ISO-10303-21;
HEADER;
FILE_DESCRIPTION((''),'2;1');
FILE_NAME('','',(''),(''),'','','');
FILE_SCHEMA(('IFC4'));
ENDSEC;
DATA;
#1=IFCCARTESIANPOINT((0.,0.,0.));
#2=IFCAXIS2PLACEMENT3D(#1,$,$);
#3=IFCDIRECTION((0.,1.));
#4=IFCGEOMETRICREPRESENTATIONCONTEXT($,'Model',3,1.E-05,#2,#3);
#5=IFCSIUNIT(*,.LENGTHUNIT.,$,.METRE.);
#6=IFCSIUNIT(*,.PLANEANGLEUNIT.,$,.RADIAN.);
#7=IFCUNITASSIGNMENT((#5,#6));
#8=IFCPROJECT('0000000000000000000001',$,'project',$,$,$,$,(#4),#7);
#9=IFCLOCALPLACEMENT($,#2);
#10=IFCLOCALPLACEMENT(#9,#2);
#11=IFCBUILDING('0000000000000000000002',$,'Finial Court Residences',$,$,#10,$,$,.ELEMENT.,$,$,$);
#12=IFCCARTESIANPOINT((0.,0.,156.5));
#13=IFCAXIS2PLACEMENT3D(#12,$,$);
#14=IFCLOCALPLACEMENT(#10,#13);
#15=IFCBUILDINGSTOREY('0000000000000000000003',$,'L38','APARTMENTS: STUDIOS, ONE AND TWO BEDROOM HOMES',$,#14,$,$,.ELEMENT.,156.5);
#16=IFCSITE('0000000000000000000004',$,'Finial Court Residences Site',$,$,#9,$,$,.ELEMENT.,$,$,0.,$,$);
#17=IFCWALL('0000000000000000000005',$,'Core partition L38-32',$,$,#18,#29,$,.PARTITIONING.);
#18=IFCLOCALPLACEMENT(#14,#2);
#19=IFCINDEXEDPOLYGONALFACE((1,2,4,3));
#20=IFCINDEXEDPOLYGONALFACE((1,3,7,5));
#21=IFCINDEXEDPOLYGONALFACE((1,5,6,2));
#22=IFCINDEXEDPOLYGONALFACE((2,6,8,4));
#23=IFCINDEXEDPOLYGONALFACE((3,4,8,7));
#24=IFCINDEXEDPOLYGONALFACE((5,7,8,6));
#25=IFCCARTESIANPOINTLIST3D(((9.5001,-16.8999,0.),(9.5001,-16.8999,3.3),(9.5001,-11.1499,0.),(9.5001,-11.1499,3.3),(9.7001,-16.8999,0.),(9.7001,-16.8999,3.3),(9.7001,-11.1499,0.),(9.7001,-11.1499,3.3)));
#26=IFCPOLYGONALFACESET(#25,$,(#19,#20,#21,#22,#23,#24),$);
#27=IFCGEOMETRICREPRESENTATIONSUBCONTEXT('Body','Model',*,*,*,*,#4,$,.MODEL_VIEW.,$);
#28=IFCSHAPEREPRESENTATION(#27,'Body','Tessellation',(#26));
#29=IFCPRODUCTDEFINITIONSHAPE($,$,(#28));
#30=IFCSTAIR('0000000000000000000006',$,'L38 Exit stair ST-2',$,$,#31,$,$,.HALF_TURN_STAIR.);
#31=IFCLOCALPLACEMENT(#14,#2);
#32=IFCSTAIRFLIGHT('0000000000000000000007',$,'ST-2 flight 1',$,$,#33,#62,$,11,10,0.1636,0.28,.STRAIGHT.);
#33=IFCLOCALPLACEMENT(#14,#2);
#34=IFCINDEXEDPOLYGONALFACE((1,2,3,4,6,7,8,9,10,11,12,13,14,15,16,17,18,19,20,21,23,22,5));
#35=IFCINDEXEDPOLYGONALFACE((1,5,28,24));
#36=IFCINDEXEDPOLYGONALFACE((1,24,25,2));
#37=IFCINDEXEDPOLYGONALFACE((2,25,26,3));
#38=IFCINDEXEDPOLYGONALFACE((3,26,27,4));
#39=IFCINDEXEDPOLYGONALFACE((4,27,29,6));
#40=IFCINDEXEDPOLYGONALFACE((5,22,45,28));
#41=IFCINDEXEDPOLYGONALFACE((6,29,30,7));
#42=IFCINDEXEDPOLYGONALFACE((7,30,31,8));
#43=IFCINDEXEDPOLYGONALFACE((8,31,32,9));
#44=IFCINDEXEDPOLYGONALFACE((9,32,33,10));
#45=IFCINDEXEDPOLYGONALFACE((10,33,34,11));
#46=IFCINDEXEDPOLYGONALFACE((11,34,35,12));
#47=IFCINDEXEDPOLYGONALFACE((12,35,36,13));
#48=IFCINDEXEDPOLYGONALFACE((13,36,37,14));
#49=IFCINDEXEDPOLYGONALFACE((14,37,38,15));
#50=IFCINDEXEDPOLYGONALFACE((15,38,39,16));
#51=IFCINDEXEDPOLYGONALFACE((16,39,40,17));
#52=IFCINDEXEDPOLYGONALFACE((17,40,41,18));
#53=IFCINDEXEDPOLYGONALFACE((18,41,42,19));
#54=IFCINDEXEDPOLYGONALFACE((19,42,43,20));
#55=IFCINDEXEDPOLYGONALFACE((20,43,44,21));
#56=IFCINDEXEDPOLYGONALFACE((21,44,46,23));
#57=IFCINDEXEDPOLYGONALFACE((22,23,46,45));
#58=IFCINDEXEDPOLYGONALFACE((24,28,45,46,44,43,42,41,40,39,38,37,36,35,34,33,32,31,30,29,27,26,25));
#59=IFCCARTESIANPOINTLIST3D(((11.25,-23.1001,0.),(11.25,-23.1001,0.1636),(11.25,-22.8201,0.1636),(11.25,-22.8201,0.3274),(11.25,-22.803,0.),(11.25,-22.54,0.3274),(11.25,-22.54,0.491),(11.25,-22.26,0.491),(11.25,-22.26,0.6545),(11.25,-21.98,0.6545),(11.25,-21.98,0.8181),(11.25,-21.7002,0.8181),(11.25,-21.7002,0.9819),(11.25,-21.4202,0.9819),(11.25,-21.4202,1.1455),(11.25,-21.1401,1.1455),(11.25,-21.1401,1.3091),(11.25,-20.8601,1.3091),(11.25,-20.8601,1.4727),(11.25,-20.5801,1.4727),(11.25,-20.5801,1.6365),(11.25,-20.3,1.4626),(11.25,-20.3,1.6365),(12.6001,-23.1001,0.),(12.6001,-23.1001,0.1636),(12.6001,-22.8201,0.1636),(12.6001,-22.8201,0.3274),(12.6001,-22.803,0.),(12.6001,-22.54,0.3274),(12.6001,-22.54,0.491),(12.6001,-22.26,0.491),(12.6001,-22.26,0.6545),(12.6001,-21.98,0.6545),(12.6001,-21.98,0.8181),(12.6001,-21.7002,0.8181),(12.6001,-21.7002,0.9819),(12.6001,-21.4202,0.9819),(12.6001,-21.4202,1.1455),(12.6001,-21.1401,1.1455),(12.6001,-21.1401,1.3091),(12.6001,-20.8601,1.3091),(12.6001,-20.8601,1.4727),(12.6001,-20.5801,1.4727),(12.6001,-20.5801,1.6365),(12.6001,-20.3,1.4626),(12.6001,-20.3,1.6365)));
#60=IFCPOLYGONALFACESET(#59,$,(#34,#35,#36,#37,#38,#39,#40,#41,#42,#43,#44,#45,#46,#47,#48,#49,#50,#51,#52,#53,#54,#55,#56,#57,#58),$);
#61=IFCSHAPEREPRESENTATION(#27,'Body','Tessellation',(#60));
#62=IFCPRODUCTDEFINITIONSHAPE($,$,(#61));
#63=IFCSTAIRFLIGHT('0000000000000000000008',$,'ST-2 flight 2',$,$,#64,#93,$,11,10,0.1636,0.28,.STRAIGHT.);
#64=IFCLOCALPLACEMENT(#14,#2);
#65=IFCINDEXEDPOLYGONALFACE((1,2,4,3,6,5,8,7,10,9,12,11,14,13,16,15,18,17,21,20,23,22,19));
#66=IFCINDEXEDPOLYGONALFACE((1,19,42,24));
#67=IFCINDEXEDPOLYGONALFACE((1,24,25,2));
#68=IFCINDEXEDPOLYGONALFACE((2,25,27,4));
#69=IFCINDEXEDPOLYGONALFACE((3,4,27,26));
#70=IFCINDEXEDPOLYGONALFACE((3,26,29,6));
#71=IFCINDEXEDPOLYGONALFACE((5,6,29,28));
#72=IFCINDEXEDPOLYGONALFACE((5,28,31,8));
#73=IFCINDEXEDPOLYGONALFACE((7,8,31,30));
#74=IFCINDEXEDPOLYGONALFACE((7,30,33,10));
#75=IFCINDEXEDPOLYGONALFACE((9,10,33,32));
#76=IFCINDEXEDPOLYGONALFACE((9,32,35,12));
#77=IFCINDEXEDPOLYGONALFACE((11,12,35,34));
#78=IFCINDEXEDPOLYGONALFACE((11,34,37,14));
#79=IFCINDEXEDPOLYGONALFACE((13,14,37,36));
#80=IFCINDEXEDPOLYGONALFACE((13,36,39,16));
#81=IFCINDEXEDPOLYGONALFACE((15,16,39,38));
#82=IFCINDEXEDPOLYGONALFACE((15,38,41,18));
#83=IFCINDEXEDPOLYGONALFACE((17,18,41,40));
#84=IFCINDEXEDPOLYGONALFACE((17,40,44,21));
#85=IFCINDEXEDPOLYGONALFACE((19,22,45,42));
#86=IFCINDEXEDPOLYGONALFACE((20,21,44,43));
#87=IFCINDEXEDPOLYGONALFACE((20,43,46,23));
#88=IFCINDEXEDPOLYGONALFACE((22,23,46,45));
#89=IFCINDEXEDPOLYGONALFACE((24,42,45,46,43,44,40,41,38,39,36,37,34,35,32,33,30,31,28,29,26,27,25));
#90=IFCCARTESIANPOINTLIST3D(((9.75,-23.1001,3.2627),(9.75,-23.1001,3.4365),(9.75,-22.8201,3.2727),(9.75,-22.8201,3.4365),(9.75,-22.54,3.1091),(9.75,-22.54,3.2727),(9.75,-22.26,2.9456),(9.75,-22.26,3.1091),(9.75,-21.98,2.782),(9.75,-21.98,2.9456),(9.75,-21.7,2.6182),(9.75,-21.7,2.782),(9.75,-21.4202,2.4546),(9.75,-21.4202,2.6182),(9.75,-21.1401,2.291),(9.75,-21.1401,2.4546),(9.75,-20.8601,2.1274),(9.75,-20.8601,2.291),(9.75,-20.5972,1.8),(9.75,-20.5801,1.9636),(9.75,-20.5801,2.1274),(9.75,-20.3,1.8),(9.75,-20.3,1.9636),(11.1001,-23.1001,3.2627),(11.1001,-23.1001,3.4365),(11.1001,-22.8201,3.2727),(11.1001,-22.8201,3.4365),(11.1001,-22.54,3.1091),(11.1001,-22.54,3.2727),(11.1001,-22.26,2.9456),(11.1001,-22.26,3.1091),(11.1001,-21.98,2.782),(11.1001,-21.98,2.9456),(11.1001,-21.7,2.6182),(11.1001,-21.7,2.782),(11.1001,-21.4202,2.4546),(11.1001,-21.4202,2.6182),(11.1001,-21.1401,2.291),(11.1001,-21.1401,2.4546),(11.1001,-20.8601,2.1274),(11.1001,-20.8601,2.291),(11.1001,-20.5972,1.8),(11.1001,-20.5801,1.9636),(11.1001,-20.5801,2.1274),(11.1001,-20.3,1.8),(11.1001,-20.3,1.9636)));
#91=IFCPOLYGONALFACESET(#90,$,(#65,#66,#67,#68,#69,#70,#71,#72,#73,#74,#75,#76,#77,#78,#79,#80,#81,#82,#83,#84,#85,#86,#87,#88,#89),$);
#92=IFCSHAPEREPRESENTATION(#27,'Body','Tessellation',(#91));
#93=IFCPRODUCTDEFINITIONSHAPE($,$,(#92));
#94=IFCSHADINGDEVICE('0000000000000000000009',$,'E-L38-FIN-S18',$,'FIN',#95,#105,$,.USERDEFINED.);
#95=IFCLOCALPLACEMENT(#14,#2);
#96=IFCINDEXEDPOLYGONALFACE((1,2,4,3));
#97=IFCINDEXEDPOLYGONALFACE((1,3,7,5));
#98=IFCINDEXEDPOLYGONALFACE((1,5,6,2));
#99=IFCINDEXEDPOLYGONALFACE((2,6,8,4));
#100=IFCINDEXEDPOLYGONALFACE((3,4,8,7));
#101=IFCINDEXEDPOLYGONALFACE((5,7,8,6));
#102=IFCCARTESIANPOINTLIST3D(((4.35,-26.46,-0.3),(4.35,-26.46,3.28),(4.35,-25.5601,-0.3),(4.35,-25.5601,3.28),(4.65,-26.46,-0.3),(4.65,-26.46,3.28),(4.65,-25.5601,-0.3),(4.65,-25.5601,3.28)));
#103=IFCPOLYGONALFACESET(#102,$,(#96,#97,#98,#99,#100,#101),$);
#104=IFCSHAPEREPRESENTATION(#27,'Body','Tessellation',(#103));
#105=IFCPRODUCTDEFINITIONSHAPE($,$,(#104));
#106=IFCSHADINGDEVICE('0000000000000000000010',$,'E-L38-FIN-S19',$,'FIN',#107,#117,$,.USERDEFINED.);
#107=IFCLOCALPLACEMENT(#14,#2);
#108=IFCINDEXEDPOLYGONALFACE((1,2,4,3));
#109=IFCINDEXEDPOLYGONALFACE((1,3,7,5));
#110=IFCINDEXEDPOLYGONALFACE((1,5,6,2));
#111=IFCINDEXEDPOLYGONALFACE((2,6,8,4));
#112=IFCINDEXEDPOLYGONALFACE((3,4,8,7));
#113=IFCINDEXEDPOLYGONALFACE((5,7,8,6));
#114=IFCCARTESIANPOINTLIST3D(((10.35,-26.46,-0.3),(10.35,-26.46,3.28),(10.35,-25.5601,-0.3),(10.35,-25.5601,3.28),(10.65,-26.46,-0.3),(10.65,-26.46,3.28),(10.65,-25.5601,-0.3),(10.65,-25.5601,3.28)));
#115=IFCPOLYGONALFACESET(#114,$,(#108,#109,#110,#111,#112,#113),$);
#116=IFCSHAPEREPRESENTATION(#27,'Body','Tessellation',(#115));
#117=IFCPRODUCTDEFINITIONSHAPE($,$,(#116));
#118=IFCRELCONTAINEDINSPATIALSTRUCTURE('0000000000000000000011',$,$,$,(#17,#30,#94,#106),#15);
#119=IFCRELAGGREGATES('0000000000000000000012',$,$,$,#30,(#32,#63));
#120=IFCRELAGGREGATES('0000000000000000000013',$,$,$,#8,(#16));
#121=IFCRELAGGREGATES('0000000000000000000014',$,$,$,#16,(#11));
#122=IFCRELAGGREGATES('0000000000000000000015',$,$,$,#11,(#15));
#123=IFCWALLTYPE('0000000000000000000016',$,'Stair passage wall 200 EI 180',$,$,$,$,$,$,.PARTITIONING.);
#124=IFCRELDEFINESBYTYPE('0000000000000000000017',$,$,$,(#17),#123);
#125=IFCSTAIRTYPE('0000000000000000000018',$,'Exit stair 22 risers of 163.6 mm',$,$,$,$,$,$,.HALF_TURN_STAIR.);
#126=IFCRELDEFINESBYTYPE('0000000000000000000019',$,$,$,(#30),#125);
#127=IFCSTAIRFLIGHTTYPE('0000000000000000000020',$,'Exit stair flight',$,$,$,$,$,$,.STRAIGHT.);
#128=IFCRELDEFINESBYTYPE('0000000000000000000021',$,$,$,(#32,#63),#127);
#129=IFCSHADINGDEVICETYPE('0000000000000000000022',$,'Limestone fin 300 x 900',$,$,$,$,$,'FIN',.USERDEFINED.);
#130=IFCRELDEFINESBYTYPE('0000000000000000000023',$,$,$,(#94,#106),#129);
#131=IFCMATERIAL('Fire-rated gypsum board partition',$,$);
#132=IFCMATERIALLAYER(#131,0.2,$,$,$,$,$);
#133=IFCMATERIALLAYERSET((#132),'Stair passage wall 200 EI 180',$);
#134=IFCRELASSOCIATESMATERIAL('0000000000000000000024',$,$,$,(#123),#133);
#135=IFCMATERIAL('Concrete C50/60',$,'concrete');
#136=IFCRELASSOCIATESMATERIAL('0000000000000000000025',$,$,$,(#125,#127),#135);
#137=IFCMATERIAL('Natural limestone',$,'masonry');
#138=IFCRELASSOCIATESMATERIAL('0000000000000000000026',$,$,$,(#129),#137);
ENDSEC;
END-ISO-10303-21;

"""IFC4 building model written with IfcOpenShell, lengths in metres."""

from ifc_helpers import new_model, si_unit, direction, frame, frame_2d, origin, origin_2d, place, context, subcontext, project, spatial, polyline, rectangle, outline, extrude, material, layer, layer_set, type_object, element, aggregate, save


model = new_model("IFC4")

# Units and contexts
model_context = context("Model", 3, precision=1e-05, world=origin(), true_north=direction((0.0, 1.0)))
body_context = subcontext(model_context, "Body", "Model", "MODEL_VIEW")
ifc_project = project(units=[si_unit("LENGTHUNIT", "METRE"), si_unit("PLANEANGLEUNIT", "RADIAN")], contexts=[model_context])

# Site, building, storey
site_placement = place(None, origin())
site = spatial("IfcSite", under=ifc_project, at=site_placement, Name="Finial Court Residences Site", CompositionType="ELEMENT", RefElevation=0.0)
building_placement = place(site_placement, origin())
building = spatial("IfcBuilding", under=site, at=building_placement, Name="Finial Court Residences", CompositionType="ELEMENT")
storey_placement = place(building_placement, frame((0.0, 0.0, 156.5)))
storey = spatial("IfcBuildingStorey", under=building, at=storey_placement, Name="L38", Description="APARTMENTS: STUDIOS, ONE AND TWO BEDROOM HOMES", CompositionType="ELEMENT", Elevation=156.5)

# Shared definitions
ifc_material_1 = material(Name="Fire-rated gypsum board partition")

# Wall
ifc_layer_1 = layer(ifc_material_1, 0.2)
ifc_layer_set_1 = layer_set([ifc_layer_1], Name="Stair passage wall 200 EI 180")
wall_type_1 = type_object("IfcWallType", Name="Stair passage wall 200 EI 180", PredefinedType="PARTITIONING", material=ifc_layer_set_1)
wall_1_placement = place(storey_placement, frame((9.6001, -16.8999, 0.0), z_axis=(0.0, 0.0, 1.0), x_axis=(0.0, 1.0, 0.0)))
element("IfcWall", 1, at=wall_1_placement, inside=storey, type_object=wall_type_1, Name="Core partition L38-32", PredefinedType="PARTITIONING", context=body_context, shape_type="SweptSolid", body=[
    extrude(rectangle(XDim=5.75, YDim=0.2, at=frame_2d((2.875, 0.0))), origin(), (0.0, 0.0, 1.0), 3.3),
])

# Stair, stair flights
ifc_material_2 = material(Name="Concrete C50/60", Category="concrete")
stair_type = type_object("IfcStairType", Name="Exit stair 22 risers of 163.6 mm", PredefinedType="HALF_TURN_STAIR", material=ifc_material_2)
stair_placement = place(storey_placement, origin())
stair = element("IfcStair", 2, at=stair_placement, inside=storey, type_object=stair_type, Name="L38 Exit stair ST-2", PredefinedType="HALF_TURN_STAIR")
stair_flight_type = type_object("IfcStairFlightType", Name="Exit stair flight", PredefinedType="STRAIGHT", material=ifc_material_2)
stair_flight_1_placement = place(storey_placement, frame((11.925, -23.1001, 0.0), z_axis=(0.0, 0.0, 1.0), x_axis=(0.0, 1.0, 0.0)))
stair_flight_1 = element("IfcStairFlight", 3, at=stair_flight_1_placement, type_object=stair_flight_type, Name="ST-2 flight 1", NumberOfRisers=11, NumberOfTreads=10, PredefinedType="STRAIGHT", RiserHeight=0.1636, TreadLength=0.28, context=body_context, shape_type="SweptSolid", body=[
    extrude(outline(polyline([(0.0, 0.0), (0.0, 0.1636), (0.28, 0.1636), (0.28, 0.3274), (0.5601, 0.3274), (0.5601, 0.491), (0.8401, 0.491), (0.8401, 0.6545), (1.1201, 0.6545), (1.1201, 0.8181), (1.3999, 0.8181), (1.3999, 0.9819), (1.6799, 0.9819), (1.6799, 1.1455), (1.96, 1.1455), (1.96, 1.3091), (2.24, 1.3091), (2.24, 1.4727), (2.52, 1.4727), (2.52, 1.6365), (2.8, 1.6365), (2.8, 1.8), (2.8, 1.4626), (0.2971, 0.0), (0.0, 0.0)])), frame((0.0, 0.675, 0.0), z_axis=(0.0, -1.0, 0.0), x_axis=(1.0, 0.0, 0.0)), (0.0, 0.0, 1.0), 1.3501),
])
stair_flight_2_placement = place(storey_placement, frame((10.425, -20.3, 1.8), z_axis=(0.0, 0.0, 1.0), x_axis=(0.0, -1.0, 0.0)))
stair_flight_2 = element("IfcStairFlight", 4, at=stair_flight_2_placement, type_object=stair_flight_type, Name="ST-2 flight 2", NumberOfRisers=11, NumberOfTreads=10, PredefinedType="STRAIGHT", RiserHeight=0.1636, TreadLength=0.28, context=body_context, shape_type="SweptSolid", body=[
    extrude(outline(polyline([(0.0, 0.0), (0.0, 0.1636), (0.28, 0.1636), (0.28, 0.3274), (0.5601, 0.3274), (0.5601, 0.491), (0.8401, 0.491), (0.8401, 0.6545), (1.1201, 0.6545), (1.1201, 0.8181), (1.3999, 0.8181), (1.3999, 0.9819), (1.6799, 0.9819), (1.6799, 1.1455), (1.96, 1.1455), (1.96, 1.3091), (2.24, 1.3091), (2.24, 1.4727), (2.52, 1.4727), (2.52, 1.6365), (2.8, 1.6365), (2.8, 1.8), (2.8, 1.4626), (0.2971, 0.0), (0.0, 0.0)])), frame((0.0, 0.675, 0.0), z_axis=(0.0, -1.0, 0.0), x_axis=(1.0, 0.0, 0.0)), (0.0, 0.0, 1.0), 1.3501),
])
aggregate(stair, [stair_flight_1, stair_flight_2])

# Shading devices
ifc_material_3 = material(Name="Natural limestone", Category="masonry")
shading_device_type = type_object("IfcShadingDeviceType", Name="Limestone fin 300 x 900", ElementType="FIN", PredefinedType="USERDEFINED", material=ifc_material_3)
for number, where, z_axis, x_axis, name in (
    (5, (4.5, -26.01, -0.3), (0.0, 0.0, 1.0), (1.0, 0.0, 0.0), "E-L38-FIN-S18"),
    (6, (10.5, -26.01, -0.3), (0.0, 0.0, 1.0), (1.0, 0.0, 0.0), "E-L38-FIN-S19"),
):
    element("IfcShadingDevice", number, at=place(storey_placement, frame(where, z_axis=z_axis, x_axis=x_axis)), inside=storey, type_object=shading_device_type, Name=name, ObjectType="FIN", PredefinedType="USERDEFINED", context=body_context, shape_type="SweptSolid", body=[
        extrude(rectangle(XDim=0.3, YDim=0.8999, at=origin_2d()), origin(), (0.0, 0.0, 1.0), 3.5801),
    ])

save(model, "model.ifc")
